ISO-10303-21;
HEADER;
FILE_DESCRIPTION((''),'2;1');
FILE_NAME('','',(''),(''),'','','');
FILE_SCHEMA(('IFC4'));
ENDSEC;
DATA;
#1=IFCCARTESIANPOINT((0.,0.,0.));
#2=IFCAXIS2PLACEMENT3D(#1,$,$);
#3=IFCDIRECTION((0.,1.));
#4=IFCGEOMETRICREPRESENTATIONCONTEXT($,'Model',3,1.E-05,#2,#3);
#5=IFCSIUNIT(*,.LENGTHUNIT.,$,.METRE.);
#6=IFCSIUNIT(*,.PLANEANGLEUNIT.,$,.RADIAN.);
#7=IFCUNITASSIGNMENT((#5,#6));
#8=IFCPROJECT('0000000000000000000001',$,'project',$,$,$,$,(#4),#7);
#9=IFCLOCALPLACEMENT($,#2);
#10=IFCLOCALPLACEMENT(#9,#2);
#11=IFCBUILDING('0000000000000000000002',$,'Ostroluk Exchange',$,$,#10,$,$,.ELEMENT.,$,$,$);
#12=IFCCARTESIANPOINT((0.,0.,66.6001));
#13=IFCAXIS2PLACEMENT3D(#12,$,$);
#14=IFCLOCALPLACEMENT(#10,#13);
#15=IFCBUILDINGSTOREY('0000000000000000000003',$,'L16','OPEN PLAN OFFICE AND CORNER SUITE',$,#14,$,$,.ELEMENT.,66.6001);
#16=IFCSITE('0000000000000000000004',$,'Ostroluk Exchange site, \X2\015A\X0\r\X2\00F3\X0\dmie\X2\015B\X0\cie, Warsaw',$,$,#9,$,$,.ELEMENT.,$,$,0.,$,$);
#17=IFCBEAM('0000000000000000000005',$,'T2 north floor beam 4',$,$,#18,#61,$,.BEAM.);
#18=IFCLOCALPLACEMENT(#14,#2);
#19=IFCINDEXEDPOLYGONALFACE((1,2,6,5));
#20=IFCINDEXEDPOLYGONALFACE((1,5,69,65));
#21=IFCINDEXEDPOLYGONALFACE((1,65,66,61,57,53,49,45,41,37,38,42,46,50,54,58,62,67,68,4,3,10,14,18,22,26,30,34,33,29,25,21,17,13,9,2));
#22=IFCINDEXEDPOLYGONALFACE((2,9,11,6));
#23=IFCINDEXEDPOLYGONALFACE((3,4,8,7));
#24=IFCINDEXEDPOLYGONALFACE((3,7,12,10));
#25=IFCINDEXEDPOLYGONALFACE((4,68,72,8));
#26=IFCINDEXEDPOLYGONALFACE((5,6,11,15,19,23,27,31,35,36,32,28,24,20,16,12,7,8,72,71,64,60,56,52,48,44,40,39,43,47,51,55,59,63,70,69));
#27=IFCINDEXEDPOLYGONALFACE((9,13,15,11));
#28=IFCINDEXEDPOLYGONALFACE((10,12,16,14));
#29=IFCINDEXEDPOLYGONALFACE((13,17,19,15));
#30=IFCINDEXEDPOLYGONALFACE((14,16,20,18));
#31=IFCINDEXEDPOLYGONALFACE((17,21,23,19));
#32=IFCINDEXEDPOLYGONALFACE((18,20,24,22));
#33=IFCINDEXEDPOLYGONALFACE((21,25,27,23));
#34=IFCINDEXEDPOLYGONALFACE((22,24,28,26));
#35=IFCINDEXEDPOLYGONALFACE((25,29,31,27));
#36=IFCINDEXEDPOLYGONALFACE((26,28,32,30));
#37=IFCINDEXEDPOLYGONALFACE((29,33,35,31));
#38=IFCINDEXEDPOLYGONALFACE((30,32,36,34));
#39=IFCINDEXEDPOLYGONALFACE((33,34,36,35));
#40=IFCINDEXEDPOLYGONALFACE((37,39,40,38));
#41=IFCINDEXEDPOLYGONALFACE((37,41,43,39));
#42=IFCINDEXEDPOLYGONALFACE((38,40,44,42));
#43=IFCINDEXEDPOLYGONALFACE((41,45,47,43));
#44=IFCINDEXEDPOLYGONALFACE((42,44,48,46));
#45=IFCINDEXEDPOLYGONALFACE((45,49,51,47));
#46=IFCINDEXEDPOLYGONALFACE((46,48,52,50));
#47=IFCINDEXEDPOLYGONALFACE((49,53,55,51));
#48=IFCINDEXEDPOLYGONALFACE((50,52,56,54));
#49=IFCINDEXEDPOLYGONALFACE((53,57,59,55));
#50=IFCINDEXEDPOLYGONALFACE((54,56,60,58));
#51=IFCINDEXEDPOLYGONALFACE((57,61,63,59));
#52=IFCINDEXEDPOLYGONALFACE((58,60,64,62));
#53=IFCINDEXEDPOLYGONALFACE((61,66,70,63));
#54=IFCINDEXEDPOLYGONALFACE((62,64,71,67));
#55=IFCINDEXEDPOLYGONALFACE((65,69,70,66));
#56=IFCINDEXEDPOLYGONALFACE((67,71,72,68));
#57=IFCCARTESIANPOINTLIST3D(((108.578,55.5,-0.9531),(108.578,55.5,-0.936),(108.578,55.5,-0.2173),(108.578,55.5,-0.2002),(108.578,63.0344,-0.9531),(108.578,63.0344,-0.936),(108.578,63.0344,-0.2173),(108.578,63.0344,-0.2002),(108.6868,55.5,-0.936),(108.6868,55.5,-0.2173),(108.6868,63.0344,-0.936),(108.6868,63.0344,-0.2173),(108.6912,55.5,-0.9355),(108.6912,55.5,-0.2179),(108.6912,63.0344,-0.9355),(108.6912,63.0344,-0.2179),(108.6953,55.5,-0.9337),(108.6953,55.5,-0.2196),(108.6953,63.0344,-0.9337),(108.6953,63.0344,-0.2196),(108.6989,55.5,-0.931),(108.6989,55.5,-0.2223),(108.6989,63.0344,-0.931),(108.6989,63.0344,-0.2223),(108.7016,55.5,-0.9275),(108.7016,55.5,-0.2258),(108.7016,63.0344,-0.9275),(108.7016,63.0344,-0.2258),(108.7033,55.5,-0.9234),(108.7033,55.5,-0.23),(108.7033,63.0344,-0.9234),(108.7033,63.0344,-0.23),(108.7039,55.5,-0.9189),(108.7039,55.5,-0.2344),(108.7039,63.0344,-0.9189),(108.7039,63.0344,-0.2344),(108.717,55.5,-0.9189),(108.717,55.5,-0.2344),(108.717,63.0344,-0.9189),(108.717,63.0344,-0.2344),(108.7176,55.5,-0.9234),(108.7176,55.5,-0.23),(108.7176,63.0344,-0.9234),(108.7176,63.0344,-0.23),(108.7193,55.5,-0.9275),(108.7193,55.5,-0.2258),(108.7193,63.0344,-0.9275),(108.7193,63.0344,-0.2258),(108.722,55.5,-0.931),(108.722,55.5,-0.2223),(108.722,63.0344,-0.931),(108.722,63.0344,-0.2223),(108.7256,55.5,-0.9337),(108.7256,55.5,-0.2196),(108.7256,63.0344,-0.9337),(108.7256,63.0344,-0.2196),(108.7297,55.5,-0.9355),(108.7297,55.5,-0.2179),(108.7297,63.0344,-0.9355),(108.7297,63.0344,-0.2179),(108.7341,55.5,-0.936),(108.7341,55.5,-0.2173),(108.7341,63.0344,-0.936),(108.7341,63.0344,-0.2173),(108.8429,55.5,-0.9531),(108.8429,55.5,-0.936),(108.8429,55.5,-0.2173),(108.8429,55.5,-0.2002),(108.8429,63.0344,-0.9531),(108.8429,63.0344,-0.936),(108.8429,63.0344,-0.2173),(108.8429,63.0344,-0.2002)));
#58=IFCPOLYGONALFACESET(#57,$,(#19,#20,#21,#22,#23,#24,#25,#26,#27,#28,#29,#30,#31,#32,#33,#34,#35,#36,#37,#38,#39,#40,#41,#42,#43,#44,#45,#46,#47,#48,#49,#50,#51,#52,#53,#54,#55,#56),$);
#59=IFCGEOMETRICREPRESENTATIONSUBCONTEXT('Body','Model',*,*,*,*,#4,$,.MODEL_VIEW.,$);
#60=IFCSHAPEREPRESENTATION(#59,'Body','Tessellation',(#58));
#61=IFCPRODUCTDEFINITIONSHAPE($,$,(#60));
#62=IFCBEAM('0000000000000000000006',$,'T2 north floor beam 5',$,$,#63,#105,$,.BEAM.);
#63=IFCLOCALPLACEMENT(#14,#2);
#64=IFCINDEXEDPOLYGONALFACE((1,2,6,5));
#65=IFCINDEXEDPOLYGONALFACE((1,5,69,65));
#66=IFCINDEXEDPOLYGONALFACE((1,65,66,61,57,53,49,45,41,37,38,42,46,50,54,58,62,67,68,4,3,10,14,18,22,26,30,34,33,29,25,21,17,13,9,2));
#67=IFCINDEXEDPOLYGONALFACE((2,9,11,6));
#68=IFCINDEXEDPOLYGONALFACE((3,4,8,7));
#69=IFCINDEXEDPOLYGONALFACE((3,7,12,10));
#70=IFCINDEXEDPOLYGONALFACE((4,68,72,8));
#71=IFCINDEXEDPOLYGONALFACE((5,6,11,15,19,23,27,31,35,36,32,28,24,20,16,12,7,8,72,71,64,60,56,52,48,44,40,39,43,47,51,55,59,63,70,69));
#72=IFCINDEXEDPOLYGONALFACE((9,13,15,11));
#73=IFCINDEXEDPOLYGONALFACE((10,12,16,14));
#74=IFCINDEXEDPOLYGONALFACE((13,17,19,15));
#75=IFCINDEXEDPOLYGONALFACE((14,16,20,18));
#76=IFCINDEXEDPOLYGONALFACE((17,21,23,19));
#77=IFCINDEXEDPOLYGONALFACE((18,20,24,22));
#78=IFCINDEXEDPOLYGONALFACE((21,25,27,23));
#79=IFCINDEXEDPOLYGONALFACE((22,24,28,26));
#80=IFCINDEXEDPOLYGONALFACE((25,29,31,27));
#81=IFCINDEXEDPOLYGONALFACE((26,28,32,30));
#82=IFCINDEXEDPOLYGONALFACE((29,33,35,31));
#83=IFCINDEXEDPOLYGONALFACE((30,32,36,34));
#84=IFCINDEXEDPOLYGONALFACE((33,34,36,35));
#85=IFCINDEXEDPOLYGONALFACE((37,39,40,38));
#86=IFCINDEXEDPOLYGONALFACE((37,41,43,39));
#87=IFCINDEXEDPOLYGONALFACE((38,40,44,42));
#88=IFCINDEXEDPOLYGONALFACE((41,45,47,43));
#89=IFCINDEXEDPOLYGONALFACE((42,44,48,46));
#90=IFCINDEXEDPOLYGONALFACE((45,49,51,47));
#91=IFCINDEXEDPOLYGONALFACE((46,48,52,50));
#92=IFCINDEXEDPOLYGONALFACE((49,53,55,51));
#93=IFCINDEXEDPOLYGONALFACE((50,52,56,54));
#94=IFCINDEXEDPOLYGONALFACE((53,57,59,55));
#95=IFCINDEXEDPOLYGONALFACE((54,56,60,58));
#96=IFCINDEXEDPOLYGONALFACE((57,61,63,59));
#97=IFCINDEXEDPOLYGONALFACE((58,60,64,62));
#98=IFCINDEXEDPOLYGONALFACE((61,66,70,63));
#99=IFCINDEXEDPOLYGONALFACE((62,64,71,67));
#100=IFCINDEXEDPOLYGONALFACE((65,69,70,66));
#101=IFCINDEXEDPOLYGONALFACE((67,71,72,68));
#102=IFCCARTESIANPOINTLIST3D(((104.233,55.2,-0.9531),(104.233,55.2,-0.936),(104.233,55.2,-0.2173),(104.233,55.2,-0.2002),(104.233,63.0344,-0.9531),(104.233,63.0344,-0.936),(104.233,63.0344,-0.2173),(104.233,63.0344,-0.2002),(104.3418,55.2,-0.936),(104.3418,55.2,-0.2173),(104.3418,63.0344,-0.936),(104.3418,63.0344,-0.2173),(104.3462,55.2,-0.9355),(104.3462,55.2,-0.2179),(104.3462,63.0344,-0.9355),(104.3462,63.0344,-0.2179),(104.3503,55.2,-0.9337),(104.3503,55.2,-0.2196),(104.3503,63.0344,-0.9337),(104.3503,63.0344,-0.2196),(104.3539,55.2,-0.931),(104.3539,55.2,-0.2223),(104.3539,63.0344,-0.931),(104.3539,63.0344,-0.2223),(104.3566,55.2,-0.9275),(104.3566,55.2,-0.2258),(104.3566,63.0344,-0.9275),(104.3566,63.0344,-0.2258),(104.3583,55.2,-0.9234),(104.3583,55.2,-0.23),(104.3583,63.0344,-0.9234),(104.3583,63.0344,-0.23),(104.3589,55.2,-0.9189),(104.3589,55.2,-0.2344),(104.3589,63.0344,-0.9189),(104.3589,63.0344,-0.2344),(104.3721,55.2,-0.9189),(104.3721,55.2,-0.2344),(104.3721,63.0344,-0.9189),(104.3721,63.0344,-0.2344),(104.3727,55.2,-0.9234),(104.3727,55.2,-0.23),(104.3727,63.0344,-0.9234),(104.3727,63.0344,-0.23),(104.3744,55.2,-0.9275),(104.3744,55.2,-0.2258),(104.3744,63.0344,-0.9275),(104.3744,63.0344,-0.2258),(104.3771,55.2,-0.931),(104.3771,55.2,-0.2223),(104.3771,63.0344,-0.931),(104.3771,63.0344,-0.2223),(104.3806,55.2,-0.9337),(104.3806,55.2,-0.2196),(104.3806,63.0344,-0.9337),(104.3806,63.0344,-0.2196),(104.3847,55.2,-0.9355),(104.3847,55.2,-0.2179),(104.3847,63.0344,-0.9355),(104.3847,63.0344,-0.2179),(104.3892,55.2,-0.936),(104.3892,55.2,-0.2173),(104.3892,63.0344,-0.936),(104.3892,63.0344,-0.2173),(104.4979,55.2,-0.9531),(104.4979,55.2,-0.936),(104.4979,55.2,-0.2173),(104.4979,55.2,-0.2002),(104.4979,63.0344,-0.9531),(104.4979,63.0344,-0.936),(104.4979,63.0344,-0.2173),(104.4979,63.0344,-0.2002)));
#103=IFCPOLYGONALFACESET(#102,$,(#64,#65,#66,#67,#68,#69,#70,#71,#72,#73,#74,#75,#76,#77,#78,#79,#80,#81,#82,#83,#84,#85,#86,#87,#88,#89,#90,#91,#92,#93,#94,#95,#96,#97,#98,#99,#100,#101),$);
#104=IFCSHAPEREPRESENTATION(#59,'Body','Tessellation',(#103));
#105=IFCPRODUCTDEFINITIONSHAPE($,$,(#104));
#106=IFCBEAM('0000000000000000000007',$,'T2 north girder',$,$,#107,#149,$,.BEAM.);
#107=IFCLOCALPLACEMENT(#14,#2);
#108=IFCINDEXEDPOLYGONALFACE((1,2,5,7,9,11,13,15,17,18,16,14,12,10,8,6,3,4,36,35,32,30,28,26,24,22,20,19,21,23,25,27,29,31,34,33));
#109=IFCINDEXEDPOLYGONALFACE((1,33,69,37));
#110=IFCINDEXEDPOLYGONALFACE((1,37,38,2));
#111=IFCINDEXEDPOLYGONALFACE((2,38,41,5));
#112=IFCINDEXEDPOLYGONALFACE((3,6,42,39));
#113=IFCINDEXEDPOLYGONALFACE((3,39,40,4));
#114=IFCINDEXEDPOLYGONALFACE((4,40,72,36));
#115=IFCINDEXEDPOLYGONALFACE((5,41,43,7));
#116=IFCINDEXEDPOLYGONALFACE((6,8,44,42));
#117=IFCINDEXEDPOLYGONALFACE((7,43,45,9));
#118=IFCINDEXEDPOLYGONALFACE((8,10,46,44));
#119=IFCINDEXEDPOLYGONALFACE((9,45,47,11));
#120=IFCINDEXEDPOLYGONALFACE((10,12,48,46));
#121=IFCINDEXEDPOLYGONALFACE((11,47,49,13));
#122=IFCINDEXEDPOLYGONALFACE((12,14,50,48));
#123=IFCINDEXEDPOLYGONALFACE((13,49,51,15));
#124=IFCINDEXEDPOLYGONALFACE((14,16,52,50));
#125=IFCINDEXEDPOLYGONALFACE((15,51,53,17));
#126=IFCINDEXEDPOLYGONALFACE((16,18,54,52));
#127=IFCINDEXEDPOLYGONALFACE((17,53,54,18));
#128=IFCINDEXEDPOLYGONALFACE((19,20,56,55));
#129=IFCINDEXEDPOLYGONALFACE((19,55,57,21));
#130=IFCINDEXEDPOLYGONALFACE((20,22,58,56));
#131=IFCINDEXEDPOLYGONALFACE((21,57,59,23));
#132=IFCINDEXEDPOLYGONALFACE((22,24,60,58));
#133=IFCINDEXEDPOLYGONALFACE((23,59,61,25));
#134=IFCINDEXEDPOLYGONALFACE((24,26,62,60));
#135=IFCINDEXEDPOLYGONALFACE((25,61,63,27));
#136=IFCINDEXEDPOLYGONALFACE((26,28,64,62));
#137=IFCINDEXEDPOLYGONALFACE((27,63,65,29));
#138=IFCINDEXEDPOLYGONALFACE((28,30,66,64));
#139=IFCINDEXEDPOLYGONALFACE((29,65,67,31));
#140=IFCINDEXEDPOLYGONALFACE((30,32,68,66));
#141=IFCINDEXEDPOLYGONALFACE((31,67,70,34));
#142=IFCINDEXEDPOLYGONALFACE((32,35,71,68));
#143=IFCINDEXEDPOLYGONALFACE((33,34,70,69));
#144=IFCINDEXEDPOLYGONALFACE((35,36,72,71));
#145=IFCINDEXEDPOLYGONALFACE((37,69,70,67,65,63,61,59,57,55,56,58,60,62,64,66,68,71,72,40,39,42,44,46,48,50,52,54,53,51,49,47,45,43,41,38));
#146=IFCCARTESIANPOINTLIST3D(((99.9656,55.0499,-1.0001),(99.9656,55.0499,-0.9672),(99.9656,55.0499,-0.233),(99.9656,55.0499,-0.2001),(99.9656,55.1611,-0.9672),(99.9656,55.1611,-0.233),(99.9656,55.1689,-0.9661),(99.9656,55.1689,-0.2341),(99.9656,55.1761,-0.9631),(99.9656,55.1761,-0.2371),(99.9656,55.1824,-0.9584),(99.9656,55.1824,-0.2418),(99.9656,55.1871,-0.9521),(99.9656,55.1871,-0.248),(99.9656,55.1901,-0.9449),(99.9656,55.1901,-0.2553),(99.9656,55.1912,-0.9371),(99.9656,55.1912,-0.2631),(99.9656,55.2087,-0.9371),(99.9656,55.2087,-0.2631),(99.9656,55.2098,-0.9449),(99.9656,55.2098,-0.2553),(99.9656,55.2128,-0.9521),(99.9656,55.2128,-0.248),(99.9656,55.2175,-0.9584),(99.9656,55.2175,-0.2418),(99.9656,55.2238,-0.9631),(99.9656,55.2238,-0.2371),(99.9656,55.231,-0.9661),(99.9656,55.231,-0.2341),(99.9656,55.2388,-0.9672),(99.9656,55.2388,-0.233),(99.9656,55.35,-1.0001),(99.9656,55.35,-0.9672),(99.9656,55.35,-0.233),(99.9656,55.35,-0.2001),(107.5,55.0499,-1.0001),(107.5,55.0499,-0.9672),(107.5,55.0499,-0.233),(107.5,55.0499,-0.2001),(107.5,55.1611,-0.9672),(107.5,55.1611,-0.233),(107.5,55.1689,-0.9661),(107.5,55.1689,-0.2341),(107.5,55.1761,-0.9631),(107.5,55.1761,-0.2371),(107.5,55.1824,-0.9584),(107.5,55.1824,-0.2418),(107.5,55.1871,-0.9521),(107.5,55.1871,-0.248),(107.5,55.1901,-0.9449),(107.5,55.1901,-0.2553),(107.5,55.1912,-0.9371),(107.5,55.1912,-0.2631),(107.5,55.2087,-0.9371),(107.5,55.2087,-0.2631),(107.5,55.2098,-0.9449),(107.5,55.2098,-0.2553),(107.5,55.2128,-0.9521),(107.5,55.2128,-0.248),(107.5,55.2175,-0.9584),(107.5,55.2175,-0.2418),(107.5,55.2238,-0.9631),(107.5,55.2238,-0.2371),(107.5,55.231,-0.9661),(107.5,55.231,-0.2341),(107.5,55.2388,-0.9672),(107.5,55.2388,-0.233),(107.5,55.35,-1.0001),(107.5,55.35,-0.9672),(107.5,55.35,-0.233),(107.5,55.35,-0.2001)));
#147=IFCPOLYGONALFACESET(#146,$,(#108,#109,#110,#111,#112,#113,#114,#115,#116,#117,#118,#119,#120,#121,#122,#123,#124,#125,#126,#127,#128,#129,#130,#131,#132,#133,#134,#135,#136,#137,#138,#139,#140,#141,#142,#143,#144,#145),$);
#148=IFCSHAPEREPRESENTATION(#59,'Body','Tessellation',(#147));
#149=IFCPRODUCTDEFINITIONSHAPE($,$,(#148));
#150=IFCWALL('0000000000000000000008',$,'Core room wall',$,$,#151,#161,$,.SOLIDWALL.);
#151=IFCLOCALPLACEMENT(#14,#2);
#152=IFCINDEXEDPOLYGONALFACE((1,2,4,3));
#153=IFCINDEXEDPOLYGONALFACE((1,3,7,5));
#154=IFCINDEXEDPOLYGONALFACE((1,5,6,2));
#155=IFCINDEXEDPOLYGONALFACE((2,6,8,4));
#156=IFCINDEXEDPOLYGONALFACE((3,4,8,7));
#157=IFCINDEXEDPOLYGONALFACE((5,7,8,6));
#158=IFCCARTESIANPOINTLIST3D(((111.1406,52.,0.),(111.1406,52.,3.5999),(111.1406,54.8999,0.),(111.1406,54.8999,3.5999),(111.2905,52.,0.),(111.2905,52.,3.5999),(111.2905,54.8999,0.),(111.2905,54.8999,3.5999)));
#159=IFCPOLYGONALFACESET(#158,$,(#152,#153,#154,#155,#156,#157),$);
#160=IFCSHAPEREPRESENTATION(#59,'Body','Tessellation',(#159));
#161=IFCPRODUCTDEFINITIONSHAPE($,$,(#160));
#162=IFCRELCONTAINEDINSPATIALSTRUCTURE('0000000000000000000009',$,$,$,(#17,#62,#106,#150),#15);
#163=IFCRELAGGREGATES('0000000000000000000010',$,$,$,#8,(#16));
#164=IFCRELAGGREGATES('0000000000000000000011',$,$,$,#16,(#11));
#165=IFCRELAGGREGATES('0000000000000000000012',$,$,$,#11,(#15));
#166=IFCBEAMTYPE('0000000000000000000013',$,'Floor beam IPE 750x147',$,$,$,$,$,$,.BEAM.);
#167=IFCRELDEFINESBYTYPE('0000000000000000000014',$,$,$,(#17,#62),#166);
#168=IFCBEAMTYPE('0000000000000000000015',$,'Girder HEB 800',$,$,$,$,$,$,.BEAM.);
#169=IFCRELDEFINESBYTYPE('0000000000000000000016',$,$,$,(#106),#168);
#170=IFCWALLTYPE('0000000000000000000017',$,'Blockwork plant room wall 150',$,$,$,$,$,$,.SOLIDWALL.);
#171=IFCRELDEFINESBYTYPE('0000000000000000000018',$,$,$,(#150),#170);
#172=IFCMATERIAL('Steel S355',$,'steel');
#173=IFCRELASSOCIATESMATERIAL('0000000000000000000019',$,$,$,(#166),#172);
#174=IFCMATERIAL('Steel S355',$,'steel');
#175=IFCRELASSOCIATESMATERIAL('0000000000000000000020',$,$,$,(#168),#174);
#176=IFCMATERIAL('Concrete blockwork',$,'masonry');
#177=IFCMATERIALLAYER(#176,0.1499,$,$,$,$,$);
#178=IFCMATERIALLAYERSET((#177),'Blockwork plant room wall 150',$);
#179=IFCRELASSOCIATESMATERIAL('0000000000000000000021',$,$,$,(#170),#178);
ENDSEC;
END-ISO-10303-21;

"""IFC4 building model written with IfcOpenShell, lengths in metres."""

from ifc_helpers import new_model, si_unit, direction, frame, frame_2d, origin, origin_2d, place, context, subcontext, project, spatial, rectangle, i_section, extrude, material, layer, layer_set, material_profile, profile_set, type_object, element, save


model = new_model("IFC4")

# Units and contexts
model_context = context("Model", 3, precision=1e-05, world=origin(), true_north=direction((0.0, 1.0)))
body_context = subcontext(model_context, "Body", "Model", "MODEL_VIEW")
ifc_project = project(units=[si_unit("LENGTHUNIT", "METRE"), si_unit("PLANEANGLEUNIT", "RADIAN")], contexts=[model_context])

# Site, building, storey
site_placement = place(None, origin())
site = spatial("IfcSite", under=ifc_project, at=site_placement, Name="Ostroluk Exchange site, Śródmieście, Warsaw", CompositionType="ELEMENT", RefElevation=0.0)
building_placement = place(site_placement, origin())
building = spatial("IfcBuilding", under=site, at=building_placement, Name="Ostroluk Exchange", CompositionType="ELEMENT")
storey_placement = place(building_placement, frame((0.0, 0.0, 66.6001)))
storey = spatial("IfcBuildingStorey", under=building, at=storey_placement, Name="L16", Description="OPEN PLAN OFFICE AND CORNER SUITE", CompositionType="ELEMENT", Elevation=66.6001)

# Beams
ifc_material_1 = material(Name="Steel S355", Category="steel")
ifc_material_profile_1 = material_profile(ifc_material_1, i_section(OverallWidth=0.2649, OverallDepth=0.7529, WebThickness=0.0132, FlangeThickness=0.0171, FilletRadius=0.0171, at=origin_2d()), Name="IPE 750x147")
ifc_profile_set_1 = profile_set([ifc_material_profile_1], Name="Steel S355")
beam_type_1 = type_object("IfcBeamType", Name="Floor beam IPE 750x147", PredefinedType="BEAM", material=ifc_profile_set_1)
beam_1_placement = place(storey_placement, frame((108.7104, 55.5, -0.5767), z_axis=(0.0, 1.0, 0.0), x_axis=(-1.0, 0.0, 0.0)))
element("IfcBeam", 1, at=beam_1_placement, inside=storey, type_object=beam_type_1, Name="T2 north floor beam 4", PredefinedType="BEAM", context=body_context, shape_type="SweptSolid", body=[
    extrude(i_section(OverallWidth=0.2649, OverallDepth=0.7529, WebThickness=0.0132, FlangeThickness=0.0171, FilletRadius=0.0171, at=origin_2d()), origin(), (0.0, 0.0, 1.0), 7.5344),
])
beam_2_placement = place(storey_placement, frame((104.3655, 55.2, -0.5767), z_axis=(0.0, 1.0, 0.0), x_axis=(-1.0, 0.0, 0.0)))
element("IfcBeam", 2, at=beam_2_placement, inside=storey, type_object=beam_type_1, Name="T2 north floor beam 5", PredefinedType="BEAM", context=body_context, shape_type="SweptSolid", body=[
    extrude(i_section(OverallWidth=0.2649, OverallDepth=0.7529, WebThickness=0.0132, FlangeThickness=0.0171, FilletRadius=0.0171, at=origin_2d()), origin(), (0.0, 0.0, 1.0), 7.8345),
])
ifc_material_2 = material(Name="Steel S355", Category="steel")
ifc_material_profile_2 = material_profile(ifc_material_2, i_section(OverallWidth=0.3, OverallDepth=0.8, WebThickness=0.0176, FlangeThickness=0.033, FilletRadius=0.03, at=origin_2d()), Name="HEB 800")
ifc_profile_set_2 = profile_set([ifc_material_profile_2], Name="Steel S355")
beam_type_2 = type_object("IfcBeamType", Name="Girder HEB 800", PredefinedType="BEAM", material=ifc_profile_set_2)
beam_3_placement = place(storey_placement, frame((107.5, 55.2, -0.6001), z_axis=(-1.0, 0.0, 0.0), x_axis=(0.0, -1.0, 0.0)))
element("IfcBeam", 3, at=beam_3_placement, inside=storey, type_object=beam_type_2, Name="T2 north girder", PredefinedType="BEAM", context=body_context, shape_type="SweptSolid", body=[
    extrude(i_section(OverallWidth=0.3, OverallDepth=0.8, WebThickness=0.0176, FlangeThickness=0.033, FilletRadius=0.03, at=origin_2d()), origin(), (0.0, 0.0, 1.0), 7.5344),
])

# Wall
ifc_material_3 = material(Name="Concrete blockwork", Category="masonry")
ifc_layer_1 = layer(ifc_material_3, 0.1499)
ifc_layer_set_1 = layer_set([ifc_layer_1], Name="Blockwork plant room wall 150")
wall_type_1 = type_object("IfcWallType", Name="Blockwork plant room wall 150", PredefinedType="SOLIDWALL", material=ifc_layer_set_1)
wall_1_placement = place(storey_placement, frame((111.2156, 52.0, 0.0), z_axis=(0.0, 0.0, 1.0), x_axis=(0.0, 1.0, 0.0)))
element("IfcWall", 4, at=wall_1_placement, inside=storey, type_object=wall_type_1, Name="Core room wall", PredefinedType="SOLIDWALL", context=body_context, shape_type="SweptSolid", body=[
    extrude(rectangle(XDim=2.8999, YDim=0.1499, at=frame_2d((1.45, 0.0))), origin(), (0.0, 0.0, 1.0), 3.5999),
])

save(model, "model.ifc")
